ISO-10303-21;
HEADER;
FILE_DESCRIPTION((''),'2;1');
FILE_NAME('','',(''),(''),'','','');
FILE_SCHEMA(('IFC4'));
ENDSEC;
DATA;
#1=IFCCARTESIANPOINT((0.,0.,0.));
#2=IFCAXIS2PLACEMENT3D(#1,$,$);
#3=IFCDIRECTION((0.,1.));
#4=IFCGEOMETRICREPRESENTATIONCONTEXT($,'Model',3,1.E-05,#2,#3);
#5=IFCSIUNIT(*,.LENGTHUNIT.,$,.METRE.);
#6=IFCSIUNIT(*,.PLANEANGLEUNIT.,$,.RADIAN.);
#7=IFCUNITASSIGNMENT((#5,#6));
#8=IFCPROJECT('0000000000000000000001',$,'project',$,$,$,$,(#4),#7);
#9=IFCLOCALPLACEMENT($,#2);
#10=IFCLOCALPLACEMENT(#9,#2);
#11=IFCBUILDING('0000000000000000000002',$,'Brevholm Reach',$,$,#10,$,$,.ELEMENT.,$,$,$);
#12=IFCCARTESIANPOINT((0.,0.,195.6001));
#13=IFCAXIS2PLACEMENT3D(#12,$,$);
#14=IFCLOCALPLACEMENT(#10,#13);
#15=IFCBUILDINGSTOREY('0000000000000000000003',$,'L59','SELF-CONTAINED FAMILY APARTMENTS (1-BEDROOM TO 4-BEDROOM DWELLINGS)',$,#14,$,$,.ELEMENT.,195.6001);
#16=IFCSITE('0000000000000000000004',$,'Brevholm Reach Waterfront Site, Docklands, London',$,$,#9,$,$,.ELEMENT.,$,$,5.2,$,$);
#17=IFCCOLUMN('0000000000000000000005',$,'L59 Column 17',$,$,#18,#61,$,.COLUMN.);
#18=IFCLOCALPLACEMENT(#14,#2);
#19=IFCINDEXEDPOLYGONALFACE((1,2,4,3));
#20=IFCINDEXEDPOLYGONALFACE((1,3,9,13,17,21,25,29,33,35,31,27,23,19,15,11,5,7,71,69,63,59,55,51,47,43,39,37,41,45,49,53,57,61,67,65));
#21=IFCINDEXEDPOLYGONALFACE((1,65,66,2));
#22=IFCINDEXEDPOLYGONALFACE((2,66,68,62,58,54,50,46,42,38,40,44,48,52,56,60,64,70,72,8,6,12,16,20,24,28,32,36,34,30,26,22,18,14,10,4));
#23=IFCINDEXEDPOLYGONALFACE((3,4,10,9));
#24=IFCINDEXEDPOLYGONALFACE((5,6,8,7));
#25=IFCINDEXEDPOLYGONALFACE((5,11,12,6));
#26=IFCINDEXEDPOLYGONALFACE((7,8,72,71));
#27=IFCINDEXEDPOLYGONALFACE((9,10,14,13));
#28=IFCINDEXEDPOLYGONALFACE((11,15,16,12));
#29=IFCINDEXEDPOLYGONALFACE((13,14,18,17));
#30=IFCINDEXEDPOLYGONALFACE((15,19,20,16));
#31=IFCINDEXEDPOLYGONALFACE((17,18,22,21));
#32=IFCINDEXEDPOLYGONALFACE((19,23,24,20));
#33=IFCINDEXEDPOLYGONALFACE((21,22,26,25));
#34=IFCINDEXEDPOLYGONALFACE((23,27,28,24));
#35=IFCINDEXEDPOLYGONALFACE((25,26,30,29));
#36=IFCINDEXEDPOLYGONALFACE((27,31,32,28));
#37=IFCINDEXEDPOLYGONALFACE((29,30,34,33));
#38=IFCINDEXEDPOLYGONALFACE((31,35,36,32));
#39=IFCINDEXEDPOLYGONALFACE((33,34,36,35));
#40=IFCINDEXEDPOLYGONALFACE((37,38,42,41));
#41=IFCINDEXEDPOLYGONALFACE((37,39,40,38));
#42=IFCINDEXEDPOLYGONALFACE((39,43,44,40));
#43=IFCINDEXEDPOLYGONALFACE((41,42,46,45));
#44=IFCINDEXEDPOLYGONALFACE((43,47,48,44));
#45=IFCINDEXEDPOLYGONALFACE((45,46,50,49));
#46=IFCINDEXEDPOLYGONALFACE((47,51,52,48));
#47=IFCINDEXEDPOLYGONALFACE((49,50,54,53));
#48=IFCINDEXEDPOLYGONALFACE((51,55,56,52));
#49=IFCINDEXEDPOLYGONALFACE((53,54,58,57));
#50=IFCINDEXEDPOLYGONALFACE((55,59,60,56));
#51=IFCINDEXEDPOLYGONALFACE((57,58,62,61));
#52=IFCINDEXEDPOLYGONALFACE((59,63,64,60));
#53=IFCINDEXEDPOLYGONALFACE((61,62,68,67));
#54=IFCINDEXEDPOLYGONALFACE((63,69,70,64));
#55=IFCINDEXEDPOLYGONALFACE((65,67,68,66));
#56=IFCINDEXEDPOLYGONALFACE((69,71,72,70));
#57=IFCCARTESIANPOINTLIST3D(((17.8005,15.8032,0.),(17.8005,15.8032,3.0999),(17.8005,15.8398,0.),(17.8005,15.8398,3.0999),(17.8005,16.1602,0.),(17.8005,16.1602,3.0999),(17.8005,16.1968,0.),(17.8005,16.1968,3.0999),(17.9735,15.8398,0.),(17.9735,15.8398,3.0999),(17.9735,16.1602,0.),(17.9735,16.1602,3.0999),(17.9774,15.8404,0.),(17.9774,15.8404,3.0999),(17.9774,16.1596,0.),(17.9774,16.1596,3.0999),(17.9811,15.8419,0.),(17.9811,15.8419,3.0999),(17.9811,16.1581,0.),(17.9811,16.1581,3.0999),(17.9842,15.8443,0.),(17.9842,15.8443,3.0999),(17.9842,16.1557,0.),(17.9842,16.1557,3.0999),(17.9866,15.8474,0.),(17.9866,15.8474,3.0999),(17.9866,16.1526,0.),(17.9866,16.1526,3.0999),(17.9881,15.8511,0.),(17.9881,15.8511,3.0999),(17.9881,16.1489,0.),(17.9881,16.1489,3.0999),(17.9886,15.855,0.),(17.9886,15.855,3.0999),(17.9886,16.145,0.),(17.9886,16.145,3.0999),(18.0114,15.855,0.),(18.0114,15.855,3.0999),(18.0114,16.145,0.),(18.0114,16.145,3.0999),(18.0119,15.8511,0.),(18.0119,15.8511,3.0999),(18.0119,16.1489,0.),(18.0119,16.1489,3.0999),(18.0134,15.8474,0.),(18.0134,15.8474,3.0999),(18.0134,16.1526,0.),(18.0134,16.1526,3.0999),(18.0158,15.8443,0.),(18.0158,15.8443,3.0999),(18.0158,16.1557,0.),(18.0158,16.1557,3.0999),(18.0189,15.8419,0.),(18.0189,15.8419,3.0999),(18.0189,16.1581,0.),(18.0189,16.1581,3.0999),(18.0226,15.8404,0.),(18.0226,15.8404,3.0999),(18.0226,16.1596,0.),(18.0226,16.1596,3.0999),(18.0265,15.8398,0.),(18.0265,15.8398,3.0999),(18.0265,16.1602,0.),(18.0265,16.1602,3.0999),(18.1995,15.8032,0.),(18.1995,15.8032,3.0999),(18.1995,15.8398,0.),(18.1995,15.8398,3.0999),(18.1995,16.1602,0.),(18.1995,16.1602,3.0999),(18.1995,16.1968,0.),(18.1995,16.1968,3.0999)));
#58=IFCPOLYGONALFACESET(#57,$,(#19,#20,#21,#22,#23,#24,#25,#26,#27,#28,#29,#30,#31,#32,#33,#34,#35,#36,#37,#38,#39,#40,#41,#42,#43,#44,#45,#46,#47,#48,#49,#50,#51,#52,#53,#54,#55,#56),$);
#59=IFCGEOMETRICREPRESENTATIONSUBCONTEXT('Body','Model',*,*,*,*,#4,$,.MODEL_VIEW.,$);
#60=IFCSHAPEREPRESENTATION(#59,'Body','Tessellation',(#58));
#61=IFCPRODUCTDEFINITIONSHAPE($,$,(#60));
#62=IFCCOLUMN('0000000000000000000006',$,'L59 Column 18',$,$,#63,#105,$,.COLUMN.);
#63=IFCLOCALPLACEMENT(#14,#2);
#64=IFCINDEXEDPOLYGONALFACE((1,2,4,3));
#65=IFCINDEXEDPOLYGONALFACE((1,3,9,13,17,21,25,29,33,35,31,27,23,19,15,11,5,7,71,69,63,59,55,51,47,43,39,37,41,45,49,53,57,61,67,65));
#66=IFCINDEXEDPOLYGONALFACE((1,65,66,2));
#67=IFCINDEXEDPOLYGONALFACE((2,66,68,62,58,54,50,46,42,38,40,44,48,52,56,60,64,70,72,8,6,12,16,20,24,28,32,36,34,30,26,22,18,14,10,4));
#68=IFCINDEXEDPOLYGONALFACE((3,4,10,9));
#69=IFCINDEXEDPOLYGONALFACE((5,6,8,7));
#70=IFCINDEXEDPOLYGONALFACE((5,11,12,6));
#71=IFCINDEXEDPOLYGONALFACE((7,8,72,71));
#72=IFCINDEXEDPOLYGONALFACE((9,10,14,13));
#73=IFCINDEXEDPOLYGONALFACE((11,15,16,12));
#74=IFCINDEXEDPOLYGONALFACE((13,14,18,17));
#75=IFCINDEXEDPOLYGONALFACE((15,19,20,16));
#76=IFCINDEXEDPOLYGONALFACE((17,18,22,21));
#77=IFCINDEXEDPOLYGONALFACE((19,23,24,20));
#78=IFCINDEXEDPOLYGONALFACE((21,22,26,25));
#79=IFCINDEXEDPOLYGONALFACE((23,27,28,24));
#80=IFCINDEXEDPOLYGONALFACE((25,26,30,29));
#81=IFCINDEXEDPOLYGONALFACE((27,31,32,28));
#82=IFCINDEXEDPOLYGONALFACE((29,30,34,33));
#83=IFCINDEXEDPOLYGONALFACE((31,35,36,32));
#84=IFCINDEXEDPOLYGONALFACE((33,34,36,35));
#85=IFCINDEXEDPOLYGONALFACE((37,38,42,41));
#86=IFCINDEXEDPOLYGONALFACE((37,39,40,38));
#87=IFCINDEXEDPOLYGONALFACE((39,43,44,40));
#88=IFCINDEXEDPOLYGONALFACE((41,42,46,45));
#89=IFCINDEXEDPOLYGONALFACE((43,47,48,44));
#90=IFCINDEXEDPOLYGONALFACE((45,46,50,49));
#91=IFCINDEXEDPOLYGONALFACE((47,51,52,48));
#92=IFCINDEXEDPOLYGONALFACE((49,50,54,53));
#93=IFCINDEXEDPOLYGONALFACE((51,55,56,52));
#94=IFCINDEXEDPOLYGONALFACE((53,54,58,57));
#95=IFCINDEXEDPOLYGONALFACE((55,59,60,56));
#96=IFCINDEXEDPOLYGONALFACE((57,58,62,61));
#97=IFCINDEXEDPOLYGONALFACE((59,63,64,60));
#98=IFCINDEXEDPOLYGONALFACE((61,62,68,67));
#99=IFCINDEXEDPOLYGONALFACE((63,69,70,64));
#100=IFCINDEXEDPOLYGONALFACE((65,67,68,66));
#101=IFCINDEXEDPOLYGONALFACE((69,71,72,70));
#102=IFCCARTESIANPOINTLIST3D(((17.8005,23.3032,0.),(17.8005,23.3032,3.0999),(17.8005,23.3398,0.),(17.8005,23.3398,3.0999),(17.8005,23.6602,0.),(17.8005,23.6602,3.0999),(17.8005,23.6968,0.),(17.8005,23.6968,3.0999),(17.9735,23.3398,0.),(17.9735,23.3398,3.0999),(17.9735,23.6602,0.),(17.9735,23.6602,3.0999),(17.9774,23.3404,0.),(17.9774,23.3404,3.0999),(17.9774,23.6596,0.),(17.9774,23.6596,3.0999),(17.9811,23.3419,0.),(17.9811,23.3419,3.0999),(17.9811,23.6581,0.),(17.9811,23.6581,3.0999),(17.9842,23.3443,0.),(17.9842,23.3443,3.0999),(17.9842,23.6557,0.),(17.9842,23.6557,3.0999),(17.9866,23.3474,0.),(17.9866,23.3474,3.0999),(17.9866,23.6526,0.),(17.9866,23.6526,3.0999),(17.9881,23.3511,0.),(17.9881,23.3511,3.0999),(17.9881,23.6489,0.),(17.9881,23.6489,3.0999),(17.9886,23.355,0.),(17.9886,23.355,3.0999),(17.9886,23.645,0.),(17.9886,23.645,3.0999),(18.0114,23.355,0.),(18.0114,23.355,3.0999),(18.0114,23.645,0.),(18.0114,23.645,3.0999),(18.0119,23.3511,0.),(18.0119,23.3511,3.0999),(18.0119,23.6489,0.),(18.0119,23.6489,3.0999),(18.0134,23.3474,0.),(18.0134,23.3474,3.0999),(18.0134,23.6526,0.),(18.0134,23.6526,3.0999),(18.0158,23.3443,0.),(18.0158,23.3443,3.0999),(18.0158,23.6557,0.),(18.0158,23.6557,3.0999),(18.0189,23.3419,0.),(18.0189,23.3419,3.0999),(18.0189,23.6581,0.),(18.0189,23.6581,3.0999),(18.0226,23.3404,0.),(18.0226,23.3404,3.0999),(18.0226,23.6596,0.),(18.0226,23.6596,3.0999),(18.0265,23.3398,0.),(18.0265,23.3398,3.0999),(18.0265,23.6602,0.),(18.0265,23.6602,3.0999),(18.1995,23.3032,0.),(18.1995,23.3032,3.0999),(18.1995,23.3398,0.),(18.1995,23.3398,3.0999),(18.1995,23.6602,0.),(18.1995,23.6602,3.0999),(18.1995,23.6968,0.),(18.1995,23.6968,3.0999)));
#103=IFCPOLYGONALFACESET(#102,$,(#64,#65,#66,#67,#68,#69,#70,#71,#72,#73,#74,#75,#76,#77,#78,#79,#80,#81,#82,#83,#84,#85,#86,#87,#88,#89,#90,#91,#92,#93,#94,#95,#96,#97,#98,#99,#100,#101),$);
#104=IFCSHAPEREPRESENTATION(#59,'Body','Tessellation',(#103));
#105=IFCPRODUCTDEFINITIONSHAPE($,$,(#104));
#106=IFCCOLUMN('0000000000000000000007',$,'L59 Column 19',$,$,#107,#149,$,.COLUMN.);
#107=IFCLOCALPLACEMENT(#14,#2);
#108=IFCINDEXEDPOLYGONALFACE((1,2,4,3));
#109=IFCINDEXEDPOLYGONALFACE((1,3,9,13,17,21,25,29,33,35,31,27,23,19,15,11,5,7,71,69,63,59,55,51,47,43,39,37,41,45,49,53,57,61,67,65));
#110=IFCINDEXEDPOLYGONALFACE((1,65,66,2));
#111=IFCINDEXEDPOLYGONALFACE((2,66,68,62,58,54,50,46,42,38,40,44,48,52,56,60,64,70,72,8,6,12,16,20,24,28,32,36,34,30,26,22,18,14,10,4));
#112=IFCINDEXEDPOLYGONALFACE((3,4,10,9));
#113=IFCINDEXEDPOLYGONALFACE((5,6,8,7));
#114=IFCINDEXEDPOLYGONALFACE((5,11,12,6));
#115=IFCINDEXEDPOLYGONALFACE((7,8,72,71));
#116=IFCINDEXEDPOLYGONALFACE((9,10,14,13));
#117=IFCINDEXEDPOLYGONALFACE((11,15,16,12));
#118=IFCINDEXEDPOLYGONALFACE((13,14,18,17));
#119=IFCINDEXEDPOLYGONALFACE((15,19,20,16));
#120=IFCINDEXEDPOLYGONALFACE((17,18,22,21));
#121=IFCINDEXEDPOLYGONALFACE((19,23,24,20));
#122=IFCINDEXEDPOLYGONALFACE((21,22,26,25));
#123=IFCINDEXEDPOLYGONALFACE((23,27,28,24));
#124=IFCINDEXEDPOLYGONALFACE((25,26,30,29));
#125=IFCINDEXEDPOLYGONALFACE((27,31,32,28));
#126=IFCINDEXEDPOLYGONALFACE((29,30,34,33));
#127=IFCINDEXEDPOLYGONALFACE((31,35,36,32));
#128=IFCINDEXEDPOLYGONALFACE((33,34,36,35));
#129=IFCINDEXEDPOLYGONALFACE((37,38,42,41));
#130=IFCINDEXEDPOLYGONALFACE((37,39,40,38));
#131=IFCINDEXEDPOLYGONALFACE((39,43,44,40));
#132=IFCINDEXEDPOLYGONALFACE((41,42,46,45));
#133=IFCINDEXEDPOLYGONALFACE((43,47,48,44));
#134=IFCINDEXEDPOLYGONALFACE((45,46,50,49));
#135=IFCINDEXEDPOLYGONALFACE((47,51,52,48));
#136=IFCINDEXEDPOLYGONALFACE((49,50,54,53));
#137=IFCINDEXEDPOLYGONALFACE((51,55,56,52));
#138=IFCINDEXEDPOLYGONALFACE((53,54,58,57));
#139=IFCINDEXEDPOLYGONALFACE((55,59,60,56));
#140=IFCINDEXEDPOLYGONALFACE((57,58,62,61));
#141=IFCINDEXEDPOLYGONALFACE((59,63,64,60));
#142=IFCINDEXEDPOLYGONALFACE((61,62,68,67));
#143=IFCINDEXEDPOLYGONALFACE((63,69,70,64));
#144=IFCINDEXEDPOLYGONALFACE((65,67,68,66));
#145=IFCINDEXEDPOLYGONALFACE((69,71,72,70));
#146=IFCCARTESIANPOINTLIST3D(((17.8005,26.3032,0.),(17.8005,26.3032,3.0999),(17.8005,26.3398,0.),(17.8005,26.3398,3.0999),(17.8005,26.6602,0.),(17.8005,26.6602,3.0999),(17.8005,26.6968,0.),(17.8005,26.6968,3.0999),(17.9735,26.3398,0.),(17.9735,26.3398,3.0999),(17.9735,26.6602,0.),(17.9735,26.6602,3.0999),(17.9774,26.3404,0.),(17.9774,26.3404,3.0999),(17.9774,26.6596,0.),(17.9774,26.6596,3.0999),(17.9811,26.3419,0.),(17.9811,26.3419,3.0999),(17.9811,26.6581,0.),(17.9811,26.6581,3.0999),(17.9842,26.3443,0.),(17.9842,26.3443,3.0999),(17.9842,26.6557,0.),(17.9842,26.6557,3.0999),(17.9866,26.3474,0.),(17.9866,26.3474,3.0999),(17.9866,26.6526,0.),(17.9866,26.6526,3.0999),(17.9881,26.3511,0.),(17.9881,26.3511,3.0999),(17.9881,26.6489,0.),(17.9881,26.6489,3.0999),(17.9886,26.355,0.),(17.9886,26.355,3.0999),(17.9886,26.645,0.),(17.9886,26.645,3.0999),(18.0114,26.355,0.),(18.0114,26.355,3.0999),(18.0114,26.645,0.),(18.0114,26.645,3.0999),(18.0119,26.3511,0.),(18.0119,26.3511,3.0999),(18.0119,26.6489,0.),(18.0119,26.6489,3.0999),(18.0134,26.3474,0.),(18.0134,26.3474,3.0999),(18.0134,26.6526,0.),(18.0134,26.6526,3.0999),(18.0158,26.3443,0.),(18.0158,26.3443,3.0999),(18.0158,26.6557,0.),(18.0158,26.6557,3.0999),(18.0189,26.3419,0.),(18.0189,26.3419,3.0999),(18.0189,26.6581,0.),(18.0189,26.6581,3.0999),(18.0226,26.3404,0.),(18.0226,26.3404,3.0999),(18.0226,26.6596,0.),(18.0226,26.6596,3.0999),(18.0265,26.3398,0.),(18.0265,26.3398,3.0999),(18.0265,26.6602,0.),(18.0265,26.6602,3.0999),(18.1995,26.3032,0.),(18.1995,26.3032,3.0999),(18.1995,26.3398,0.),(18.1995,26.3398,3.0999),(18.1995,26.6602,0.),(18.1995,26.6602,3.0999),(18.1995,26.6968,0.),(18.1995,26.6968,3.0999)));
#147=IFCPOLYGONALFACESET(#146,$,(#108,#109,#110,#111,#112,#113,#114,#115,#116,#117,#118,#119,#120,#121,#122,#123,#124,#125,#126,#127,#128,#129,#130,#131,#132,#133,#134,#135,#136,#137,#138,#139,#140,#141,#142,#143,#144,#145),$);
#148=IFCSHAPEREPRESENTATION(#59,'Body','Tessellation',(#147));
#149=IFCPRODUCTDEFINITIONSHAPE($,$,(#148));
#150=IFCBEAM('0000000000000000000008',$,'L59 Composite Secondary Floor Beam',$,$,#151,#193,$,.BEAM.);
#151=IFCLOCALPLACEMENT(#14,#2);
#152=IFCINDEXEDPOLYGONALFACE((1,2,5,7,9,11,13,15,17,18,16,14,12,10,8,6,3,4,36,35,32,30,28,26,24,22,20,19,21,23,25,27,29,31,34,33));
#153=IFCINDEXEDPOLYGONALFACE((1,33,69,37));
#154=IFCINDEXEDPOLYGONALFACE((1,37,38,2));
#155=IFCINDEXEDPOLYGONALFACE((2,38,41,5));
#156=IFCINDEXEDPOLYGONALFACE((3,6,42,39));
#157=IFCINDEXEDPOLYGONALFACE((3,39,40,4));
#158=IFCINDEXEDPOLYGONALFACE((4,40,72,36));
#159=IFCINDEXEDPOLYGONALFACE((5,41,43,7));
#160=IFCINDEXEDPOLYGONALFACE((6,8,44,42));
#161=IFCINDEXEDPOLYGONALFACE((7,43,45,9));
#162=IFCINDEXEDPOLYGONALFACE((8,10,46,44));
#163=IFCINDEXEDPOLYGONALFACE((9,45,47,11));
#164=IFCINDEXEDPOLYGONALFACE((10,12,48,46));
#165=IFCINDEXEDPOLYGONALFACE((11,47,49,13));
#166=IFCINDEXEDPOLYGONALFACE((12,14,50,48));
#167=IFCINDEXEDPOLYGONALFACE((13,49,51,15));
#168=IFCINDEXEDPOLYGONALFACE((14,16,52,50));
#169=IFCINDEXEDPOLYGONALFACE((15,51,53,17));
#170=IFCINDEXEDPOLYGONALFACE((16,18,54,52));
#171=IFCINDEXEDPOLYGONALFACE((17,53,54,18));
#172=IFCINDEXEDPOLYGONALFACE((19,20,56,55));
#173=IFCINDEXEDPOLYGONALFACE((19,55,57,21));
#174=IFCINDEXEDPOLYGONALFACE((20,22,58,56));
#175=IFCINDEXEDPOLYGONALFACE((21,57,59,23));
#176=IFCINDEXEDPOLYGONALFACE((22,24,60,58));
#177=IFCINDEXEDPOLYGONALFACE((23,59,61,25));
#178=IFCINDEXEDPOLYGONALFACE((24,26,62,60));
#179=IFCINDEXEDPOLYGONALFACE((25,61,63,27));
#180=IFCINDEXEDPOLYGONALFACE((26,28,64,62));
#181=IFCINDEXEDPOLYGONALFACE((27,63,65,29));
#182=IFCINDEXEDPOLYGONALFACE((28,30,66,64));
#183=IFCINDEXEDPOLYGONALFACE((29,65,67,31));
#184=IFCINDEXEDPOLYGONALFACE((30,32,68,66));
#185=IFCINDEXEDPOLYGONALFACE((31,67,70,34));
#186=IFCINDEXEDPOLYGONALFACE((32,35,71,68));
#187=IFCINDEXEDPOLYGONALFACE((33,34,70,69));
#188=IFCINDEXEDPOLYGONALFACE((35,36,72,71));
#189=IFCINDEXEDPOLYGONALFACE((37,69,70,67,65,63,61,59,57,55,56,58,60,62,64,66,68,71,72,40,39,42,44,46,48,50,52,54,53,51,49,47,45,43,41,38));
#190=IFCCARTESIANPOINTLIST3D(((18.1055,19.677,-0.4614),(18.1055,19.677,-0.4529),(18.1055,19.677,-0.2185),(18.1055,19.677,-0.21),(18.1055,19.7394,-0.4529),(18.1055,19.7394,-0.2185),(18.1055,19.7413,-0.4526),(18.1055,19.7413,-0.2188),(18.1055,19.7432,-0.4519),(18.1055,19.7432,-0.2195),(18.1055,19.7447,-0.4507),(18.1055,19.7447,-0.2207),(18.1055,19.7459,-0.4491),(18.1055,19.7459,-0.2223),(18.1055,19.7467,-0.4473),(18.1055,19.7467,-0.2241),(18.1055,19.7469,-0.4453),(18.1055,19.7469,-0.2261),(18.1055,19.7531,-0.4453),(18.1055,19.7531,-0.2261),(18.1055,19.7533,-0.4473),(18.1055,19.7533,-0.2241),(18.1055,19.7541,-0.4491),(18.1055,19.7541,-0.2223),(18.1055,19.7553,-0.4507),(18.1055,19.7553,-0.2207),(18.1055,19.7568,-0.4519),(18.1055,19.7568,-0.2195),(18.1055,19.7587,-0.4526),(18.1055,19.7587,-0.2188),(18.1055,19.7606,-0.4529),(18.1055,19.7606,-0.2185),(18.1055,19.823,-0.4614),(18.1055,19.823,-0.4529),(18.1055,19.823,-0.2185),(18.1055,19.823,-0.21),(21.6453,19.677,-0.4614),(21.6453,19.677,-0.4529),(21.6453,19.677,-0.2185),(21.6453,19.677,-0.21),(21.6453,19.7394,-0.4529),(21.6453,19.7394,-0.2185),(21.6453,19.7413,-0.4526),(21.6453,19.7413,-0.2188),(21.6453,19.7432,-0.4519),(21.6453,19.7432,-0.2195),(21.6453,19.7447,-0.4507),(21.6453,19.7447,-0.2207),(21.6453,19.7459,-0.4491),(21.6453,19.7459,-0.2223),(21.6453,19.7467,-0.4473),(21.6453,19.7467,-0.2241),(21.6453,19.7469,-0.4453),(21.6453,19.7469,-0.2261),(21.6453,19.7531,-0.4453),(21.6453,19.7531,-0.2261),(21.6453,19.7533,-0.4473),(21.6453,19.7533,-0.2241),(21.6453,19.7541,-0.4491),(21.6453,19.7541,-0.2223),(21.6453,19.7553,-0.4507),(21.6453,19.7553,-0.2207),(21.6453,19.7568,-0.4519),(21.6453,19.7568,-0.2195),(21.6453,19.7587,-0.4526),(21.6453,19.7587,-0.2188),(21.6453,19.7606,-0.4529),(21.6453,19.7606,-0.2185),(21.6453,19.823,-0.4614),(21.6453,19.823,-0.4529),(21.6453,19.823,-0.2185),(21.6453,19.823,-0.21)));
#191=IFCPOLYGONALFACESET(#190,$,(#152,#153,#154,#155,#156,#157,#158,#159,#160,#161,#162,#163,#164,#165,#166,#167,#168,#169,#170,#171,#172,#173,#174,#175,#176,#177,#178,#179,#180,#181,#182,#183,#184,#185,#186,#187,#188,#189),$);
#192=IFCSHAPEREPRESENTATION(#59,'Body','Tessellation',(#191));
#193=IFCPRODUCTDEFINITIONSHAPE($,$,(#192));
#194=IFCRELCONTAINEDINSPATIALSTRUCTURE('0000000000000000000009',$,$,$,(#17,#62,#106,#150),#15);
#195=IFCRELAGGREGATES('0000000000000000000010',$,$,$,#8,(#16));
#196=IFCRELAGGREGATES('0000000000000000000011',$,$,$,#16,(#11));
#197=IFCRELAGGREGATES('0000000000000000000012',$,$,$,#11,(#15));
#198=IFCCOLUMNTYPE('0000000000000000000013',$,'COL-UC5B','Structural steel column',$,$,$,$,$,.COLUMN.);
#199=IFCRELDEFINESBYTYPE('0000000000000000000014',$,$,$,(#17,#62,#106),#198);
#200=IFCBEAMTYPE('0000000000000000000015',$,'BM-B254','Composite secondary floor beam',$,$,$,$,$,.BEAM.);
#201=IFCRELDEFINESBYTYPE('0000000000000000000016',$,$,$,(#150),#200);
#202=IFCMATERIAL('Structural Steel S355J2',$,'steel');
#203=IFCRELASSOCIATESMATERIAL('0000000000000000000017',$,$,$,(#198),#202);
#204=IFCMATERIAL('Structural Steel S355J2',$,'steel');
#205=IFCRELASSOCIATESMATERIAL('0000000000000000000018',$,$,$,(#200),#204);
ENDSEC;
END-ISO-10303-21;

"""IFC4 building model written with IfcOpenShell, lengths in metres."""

from ifc_helpers import new_model, si_unit, direction, frame, origin, origin_2d, place, context, subcontext, project, spatial, i_section, extrude, material, material_profile, profile_set, type_object, element, save


model = new_model("IFC4")

# Units and contexts
model_context = context("Model", 3, precision=1e-05, world=origin(), true_north=direction((0.0, 1.0)))
body_context = subcontext(model_context, "Body", "Model", "MODEL_VIEW")
ifc_project = project(units=[si_unit("LENGTHUNIT", "METRE"), si_unit("PLANEANGLEUNIT", "RADIAN")], contexts=[model_context])

# Site, building, storey
site_placement = place(None, origin())
site = spatial("IfcSite", under=ifc_project, at=site_placement, Name="Brevholm Reach Waterfront Site, Docklands, London", CompositionType="ELEMENT", RefElevation=5.2)
building_placement = place(site_placement, origin())
building = spatial("IfcBuilding", under=site, at=building_placement, Name="Brevholm Reach", CompositionType="ELEMENT")
storey_placement = place(building_placement, frame((0.0, 0.0, 195.6001)))
storey = spatial("IfcBuildingStorey", under=building, at=storey_placement, Name="L59", Description="SELF-CONTAINED FAMILY APARTMENTS (1-BEDROOM TO 4-BEDROOM DWELLINGS)", CompositionType="ELEMENT", Elevation=195.6001)

# Columns
ifc_material_1 = material(Name="Structural Steel S355J2", Category="steel")
ifc_material_profile_1 = material_profile(ifc_material_1, i_section(OverallWidth=0.3989, OverallDepth=0.3936, WebThickness=0.0227, FlangeThickness=0.0366, FilletRadius=0.0151, at=origin_2d()), Name="UKC 356x406x287")
ifc_profile_set_1 = profile_set([ifc_material_profile_1], Name="Structural Steel S355J2")
column_type = type_object("IfcColumnType", Name="COL-UC5B", Description="Structural steel column", PredefinedType="COLUMN", material=ifc_profile_set_1)
for number, where, z_axis, x_axis, name in (
    (1, (18.0, 16.0, 0.0), (0.0, 0.0, 1.0), (1.0, 0.0, 0.0), "L59 Column 17"),
    (2, (18.0, 23.5, 0.0), (0.0, 0.0, 1.0), (1.0, 0.0, 0.0), "L59 Column 18"),
    (3, (18.0, 26.5, 0.0), (0.0, 0.0, 1.0), (1.0, 0.0, 0.0), "L59 Column 19"),
):
    element("IfcColumn", number, at=place(storey_placement, frame(where, z_axis=z_axis, x_axis=x_axis)), inside=storey, type_object=column_type, Name=name, PredefinedType="COLUMN", context=body_context, shape_type="SweptSolid", body=[
        extrude(i_section(OverallWidth=0.3989, OverallDepth=0.3936, WebThickness=0.0227, FlangeThickness=0.0366, FilletRadius=0.0151, at=origin_2d()), origin(), (0.0, 0.0, 1.0), 3.0999),
    ])

# Beam
ifc_material_2 = material(Name="Structural Steel S355J2", Category="steel")
ifc_material_profile_2 = material_profile(ifc_material_2, i_section(OverallWidth=0.146, OverallDepth=0.2515, WebThickness=0.0061, FlangeThickness=0.0085, FilletRadius=0.0076, at=origin_2d()), Name="UKB 254x146x31")
ifc_profile_set_2 = profile_set([ifc_material_profile_2], Name="Structural Steel S355J2")
beam_type_1 = type_object("IfcBeamType", Name="BM-B254", Description="Composite secondary floor beam", PredefinedType="BEAM", material=ifc_profile_set_2)
beam_1_placement = place(storey_placement, frame((18.1055, 19.75, -0.3357), z_axis=(1.0, 0.0, 0.0), x_axis=(0.0, 1.0, 0.0)))
element("IfcBeam", 4, at=beam_1_placement, inside=storey, type_object=beam_type_1, Name="L59 Composite Secondary Floor Beam", PredefinedType="BEAM", context=body_context, shape_type="SweptSolid", body=[
    extrude(i_section(OverallWidth=0.146, OverallDepth=0.2515, WebThickness=0.0061, FlangeThickness=0.0085, FilletRadius=0.0076, at=origin_2d()), origin(), (0.0, 0.0, 1.0), 3.5398),
])

save(model, "model.ifc")
